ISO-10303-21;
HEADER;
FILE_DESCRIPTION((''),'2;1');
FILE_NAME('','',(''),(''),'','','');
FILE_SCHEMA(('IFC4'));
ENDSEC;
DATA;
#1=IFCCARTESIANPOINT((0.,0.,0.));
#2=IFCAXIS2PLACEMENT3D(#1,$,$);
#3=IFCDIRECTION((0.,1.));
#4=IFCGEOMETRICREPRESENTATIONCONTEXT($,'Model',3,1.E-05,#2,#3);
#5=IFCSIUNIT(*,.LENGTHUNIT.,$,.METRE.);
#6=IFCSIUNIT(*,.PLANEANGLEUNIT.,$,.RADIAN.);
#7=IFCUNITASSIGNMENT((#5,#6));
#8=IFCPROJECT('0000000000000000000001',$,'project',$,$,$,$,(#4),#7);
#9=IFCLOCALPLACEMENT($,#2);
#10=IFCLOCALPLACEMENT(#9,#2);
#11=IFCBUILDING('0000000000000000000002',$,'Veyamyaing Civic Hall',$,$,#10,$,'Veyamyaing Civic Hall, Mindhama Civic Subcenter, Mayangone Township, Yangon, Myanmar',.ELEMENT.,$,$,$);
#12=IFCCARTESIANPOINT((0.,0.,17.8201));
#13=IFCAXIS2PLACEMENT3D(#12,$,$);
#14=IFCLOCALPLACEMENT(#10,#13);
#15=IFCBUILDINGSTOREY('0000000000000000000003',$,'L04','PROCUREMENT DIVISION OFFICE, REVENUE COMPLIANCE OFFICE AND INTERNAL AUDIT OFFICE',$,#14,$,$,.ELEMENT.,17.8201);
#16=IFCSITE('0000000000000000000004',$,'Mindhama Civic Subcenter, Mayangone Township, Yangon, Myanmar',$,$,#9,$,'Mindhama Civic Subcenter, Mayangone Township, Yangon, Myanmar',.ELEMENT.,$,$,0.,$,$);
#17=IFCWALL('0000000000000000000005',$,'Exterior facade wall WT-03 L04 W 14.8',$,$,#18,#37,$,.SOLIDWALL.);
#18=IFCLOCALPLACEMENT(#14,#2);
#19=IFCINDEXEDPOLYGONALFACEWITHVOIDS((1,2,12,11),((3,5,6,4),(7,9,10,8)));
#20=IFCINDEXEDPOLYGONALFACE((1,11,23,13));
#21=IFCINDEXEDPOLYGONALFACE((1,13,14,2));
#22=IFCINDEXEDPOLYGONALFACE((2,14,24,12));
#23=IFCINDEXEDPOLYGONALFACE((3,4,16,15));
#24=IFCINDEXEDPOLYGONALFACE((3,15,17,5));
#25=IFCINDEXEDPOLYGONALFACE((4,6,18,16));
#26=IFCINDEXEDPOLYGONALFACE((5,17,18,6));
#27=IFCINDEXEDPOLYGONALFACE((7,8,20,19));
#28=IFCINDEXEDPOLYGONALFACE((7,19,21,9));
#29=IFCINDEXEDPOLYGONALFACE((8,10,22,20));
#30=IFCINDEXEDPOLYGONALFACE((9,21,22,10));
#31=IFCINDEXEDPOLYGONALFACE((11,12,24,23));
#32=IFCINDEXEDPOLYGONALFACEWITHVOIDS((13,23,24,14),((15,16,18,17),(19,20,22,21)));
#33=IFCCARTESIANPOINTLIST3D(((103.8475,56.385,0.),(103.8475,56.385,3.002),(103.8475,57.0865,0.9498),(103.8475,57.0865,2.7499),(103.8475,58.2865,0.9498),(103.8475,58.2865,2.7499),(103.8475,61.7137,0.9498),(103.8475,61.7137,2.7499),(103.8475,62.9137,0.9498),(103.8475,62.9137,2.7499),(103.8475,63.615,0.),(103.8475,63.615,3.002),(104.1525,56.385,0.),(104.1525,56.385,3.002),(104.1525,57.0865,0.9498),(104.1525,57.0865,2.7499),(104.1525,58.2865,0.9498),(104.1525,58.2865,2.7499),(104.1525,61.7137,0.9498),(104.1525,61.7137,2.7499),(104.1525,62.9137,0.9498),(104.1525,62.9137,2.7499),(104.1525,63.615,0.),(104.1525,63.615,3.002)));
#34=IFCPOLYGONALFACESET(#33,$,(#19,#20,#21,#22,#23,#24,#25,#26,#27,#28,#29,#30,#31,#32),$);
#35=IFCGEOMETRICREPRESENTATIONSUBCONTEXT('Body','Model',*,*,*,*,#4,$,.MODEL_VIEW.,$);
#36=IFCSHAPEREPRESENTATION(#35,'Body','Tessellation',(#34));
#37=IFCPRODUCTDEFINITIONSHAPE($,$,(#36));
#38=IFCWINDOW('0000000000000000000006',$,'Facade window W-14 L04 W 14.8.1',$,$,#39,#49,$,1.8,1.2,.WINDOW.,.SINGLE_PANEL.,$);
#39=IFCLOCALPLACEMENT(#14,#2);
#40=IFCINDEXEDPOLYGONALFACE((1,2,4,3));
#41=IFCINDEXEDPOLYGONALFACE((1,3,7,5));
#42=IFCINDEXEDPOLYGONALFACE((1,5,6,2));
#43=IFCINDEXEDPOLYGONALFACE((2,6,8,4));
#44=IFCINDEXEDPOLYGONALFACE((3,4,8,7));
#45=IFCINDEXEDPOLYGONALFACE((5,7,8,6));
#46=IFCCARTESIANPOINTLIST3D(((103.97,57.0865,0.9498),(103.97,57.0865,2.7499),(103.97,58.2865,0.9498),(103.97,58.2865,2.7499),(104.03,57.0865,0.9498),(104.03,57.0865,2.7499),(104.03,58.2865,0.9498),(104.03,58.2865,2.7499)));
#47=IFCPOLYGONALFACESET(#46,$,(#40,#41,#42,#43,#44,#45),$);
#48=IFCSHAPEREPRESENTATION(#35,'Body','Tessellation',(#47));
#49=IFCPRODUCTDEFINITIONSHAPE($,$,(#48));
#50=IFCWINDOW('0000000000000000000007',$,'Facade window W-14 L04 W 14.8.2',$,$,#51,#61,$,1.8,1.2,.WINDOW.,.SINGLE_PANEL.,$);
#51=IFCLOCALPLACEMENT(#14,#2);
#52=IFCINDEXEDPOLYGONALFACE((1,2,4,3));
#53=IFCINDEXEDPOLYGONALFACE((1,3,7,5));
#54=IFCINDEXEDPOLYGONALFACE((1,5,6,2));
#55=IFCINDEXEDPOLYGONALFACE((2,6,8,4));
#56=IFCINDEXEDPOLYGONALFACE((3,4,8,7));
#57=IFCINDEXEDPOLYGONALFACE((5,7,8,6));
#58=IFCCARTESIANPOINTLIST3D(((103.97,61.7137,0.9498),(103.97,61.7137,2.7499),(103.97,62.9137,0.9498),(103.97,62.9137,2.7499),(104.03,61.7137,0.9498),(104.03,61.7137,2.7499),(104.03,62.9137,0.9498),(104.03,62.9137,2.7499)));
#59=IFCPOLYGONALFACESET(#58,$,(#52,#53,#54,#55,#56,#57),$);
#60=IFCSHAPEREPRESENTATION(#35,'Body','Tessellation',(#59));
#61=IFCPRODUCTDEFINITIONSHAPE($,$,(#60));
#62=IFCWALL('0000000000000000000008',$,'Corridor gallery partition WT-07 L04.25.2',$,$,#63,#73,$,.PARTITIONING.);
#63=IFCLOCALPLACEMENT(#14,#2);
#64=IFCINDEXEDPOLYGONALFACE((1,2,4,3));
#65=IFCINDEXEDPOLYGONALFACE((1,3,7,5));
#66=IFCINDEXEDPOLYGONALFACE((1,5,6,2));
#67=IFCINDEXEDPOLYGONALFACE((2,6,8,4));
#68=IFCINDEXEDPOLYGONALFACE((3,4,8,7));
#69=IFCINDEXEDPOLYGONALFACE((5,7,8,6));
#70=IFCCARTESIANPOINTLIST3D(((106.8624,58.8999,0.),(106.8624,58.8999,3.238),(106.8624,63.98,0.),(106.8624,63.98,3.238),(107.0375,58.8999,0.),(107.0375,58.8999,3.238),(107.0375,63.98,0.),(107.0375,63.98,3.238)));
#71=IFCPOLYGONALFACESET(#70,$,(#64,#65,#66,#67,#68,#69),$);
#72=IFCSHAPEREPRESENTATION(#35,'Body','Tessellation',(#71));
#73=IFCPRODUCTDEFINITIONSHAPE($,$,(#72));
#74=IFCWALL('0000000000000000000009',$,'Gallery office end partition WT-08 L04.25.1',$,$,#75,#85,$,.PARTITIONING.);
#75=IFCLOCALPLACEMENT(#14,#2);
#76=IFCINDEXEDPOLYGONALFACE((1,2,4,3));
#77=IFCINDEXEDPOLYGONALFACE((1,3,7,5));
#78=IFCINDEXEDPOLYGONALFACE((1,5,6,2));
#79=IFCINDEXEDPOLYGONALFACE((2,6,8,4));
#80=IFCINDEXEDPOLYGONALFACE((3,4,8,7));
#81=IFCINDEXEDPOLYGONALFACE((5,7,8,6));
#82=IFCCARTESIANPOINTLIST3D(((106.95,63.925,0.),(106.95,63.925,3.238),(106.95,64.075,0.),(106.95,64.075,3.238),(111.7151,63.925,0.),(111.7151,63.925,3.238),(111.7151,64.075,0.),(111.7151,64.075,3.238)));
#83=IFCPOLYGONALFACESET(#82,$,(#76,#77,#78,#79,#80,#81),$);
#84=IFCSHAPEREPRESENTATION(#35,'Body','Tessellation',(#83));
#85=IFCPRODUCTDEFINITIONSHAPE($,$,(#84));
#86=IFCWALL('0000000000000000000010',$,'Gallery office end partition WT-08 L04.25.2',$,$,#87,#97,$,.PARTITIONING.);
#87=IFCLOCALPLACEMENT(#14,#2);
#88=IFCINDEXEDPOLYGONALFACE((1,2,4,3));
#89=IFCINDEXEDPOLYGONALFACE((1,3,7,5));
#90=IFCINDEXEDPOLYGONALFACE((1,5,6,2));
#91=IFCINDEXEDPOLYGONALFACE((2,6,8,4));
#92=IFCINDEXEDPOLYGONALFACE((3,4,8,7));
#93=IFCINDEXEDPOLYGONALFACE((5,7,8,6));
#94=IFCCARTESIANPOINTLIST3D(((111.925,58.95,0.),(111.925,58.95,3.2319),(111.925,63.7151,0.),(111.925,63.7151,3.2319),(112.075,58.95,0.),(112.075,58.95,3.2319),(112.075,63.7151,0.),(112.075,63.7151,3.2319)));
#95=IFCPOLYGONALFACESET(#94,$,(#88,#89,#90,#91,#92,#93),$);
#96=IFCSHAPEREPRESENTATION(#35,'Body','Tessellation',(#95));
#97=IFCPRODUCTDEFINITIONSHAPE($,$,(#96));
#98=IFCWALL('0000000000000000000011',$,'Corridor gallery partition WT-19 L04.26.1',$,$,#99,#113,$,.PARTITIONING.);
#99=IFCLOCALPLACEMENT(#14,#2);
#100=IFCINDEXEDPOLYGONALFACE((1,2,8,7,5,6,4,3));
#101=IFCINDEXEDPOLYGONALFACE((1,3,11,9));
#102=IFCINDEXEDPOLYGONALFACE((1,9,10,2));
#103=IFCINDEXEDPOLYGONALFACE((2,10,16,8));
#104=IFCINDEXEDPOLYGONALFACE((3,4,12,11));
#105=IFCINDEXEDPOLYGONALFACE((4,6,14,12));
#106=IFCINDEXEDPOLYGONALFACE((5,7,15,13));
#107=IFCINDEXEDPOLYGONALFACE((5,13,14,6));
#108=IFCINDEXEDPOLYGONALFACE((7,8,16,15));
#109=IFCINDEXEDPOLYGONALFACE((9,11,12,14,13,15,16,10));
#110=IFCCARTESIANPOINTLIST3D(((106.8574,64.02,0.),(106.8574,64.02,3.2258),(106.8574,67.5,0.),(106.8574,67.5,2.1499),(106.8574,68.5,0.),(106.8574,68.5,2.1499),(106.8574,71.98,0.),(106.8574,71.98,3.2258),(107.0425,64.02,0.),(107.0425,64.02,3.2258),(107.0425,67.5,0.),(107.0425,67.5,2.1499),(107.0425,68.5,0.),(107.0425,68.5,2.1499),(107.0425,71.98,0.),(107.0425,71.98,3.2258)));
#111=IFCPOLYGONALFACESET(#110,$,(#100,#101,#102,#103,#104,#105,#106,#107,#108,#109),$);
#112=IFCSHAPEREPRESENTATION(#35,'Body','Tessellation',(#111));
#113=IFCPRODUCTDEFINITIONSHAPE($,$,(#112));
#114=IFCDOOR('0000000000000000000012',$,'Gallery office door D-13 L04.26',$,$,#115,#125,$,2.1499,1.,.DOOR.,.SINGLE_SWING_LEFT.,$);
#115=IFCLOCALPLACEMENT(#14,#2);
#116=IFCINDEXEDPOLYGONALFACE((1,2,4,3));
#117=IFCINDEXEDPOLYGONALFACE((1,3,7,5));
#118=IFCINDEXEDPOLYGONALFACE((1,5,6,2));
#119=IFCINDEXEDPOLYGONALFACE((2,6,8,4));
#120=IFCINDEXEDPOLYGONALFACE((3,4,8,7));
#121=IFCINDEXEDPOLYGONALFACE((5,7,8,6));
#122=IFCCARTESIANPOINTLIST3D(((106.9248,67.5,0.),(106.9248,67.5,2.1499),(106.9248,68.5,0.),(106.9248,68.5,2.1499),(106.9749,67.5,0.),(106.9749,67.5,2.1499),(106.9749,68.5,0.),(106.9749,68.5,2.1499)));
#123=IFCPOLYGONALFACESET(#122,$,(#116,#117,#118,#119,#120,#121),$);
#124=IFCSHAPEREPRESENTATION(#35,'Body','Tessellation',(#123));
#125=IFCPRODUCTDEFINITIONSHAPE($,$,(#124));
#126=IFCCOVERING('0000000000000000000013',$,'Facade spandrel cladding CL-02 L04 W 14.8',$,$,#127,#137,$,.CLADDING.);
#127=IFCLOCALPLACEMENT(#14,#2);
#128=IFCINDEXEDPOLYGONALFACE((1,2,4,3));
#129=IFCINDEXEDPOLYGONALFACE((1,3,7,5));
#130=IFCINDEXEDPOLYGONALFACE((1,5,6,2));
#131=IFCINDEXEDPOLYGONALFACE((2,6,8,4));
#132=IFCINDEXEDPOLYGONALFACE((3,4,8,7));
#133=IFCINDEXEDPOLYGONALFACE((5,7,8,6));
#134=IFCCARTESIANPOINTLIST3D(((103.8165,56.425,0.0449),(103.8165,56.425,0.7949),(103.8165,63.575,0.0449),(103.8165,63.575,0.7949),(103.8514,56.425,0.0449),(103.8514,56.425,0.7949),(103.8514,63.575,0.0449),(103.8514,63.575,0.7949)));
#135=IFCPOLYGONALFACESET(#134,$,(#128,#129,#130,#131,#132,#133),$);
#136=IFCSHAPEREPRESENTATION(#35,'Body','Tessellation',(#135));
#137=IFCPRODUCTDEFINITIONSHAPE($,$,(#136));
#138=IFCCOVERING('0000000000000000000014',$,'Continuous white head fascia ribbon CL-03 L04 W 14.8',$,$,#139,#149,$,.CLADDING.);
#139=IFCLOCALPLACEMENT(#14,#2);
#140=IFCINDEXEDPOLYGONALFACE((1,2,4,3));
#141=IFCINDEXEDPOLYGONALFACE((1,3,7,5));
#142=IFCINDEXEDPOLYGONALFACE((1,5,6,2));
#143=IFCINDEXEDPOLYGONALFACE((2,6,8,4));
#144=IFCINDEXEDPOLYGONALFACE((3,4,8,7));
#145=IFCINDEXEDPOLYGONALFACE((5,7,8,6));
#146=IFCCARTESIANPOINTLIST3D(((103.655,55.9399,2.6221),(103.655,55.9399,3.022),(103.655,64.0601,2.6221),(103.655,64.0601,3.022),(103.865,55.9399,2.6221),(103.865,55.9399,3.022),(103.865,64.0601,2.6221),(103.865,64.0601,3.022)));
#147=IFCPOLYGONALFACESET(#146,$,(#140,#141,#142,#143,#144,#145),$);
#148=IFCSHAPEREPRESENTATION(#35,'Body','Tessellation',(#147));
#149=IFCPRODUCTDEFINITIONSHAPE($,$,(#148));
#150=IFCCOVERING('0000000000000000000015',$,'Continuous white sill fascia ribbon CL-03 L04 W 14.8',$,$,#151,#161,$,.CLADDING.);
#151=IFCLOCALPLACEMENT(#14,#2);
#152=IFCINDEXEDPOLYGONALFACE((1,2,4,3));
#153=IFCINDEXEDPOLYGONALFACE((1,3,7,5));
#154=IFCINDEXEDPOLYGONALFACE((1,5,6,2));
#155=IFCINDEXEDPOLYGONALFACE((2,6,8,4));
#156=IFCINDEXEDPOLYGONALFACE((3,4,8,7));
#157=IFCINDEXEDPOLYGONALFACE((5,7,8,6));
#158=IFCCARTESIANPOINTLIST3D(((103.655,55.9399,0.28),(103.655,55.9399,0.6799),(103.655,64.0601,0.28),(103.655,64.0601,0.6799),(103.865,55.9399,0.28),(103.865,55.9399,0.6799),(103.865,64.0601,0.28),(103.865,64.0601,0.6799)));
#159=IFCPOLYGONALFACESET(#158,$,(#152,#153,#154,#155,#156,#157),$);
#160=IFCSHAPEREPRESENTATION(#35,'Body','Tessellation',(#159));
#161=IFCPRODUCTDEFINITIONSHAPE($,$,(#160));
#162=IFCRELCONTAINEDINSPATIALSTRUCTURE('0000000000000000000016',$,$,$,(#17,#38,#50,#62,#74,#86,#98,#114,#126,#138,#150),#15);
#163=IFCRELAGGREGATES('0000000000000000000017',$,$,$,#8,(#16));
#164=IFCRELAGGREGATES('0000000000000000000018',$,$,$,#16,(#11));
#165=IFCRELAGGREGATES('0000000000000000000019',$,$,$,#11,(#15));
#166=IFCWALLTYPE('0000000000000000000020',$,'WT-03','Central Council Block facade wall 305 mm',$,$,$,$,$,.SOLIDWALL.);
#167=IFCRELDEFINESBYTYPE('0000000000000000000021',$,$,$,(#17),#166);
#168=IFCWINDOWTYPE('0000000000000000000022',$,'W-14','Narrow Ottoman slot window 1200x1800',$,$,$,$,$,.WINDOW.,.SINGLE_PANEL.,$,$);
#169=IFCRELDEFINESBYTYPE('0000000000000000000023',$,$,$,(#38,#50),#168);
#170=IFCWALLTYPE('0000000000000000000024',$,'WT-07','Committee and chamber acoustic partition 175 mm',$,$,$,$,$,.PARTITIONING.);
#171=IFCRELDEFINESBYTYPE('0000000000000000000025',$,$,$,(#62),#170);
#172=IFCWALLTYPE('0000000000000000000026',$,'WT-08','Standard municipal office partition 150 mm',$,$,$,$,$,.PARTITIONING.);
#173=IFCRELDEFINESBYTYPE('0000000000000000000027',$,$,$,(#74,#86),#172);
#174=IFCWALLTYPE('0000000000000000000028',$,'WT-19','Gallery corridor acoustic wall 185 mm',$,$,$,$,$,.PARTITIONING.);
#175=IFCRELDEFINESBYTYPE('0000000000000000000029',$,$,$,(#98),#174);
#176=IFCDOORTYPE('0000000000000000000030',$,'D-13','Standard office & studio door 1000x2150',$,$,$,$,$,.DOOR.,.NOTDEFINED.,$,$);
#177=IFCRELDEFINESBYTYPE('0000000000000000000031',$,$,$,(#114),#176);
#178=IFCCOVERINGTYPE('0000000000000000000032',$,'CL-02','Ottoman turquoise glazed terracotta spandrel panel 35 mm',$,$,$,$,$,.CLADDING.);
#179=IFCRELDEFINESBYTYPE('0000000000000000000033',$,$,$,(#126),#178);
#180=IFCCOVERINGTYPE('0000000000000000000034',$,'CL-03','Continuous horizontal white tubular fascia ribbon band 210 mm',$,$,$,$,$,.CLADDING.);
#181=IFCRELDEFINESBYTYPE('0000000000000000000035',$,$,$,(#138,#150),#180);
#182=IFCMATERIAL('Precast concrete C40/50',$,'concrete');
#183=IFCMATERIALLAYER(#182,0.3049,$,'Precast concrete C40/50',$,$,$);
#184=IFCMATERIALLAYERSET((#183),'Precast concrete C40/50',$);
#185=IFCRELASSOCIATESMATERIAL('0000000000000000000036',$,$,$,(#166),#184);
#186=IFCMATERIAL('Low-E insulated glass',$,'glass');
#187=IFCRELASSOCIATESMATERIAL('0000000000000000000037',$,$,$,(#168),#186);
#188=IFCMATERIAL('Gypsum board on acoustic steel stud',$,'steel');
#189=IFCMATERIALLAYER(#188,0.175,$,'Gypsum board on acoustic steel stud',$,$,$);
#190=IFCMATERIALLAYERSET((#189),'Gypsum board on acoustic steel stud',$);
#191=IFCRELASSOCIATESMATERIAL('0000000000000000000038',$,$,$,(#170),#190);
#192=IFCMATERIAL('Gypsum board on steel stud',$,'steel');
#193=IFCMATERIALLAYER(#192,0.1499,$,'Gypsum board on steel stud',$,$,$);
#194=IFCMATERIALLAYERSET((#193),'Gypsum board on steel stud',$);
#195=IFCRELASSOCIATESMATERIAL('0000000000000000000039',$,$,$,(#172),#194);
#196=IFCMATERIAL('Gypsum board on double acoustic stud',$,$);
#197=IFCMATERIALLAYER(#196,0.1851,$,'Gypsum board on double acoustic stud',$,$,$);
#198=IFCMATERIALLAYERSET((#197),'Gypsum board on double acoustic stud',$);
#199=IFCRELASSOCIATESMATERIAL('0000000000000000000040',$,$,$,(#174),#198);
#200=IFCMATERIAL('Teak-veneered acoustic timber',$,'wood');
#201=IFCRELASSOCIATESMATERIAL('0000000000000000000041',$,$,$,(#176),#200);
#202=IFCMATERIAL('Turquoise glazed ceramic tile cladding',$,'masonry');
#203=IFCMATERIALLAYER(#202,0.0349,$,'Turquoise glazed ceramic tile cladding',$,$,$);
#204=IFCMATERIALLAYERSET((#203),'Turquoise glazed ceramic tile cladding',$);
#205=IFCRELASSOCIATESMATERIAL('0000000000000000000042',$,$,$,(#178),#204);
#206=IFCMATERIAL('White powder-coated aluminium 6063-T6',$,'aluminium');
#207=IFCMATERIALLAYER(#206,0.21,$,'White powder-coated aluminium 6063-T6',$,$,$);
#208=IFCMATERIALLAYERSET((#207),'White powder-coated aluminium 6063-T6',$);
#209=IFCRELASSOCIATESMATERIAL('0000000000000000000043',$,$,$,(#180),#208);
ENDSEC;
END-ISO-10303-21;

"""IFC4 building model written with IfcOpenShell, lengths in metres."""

from ifc_helpers import new_model, si_unit, direction, frame, frame_2d, origin, origin_2d, place, context, subcontext, project, spatial, rectangle, extrude, material, layer, layer_set, type_object, element, fill, save


model = new_model("IFC4")

# Units and contexts
model_context = context("Model", 3, precision=1e-05, world=origin(), true_north=direction((0.0, 1.0)))
body_context = subcontext(model_context, "Body", "Model", "MODEL_VIEW")
ifc_project = project(units=[si_unit("LENGTHUNIT", "METRE"), si_unit("PLANEANGLEUNIT", "RADIAN")], contexts=[model_context])

# Site, building, storey
site_placement = place(None, origin())
site = spatial("IfcSite", under=ifc_project, at=site_placement, Name="Mindhama Civic Subcenter, Mayangone Township, Yangon, Myanmar", LongName="Mindhama Civic Subcenter, Mayangone Township, Yangon, Myanmar", CompositionType="ELEMENT", RefElevation=0.0)
building_placement = place(site_placement, origin())
building = spatial("IfcBuilding", under=site, at=building_placement, Name="Veyamyaing Civic Hall", LongName="Veyamyaing Civic Hall, Mindhama Civic Subcenter, Mayangone Township, Yangon, Myanmar", CompositionType="ELEMENT")
storey_placement = place(building_placement, frame((0.0, 0.0, 17.8201)))
storey = spatial("IfcBuildingStorey", under=building, at=storey_placement, Name="L04", Description="PROCUREMENT DIVISION OFFICE, REVENUE COMPLIANCE OFFICE AND INTERNAL AUDIT OFFICE", CompositionType="ELEMENT", Elevation=17.8201)

# Wall, openings, windows
ifc_material_1 = material(Name="Precast concrete C40/50", Category="concrete")
ifc_layer_1 = layer(ifc_material_1, 0.3049, Name="Precast concrete C40/50")
ifc_layer_set_1 = layer_set([ifc_layer_1], Name="Precast concrete C40/50")
wall_type_1 = type_object("IfcWallType", Name="WT-03", Description="Central Council Block facade wall 305 mm", PredefinedType="SOLIDWALL", material=ifc_layer_set_1)
wall_1_placement = place(storey_placement, frame((104.0, 56.385, 0.0), z_axis=(0.0, 0.0, 1.0), x_axis=(0.0, 1.0, 0.0)))
wall_1 = element("IfcWall", 1, at=wall_1_placement, inside=storey, type_object=wall_type_1, Name="Exterior facade wall WT-03 L04 W 14.8", PredefinedType="SOLIDWALL", context=body_context, shape_type="SweptSolid", body=[
    extrude(rectangle(XDim=7.23, YDim=0.3049, at=frame_2d((3.615, 0.0))), origin(), (0.0, 0.0, 1.0), 3.002),
])
opening_1_placement = place(wall_1_placement, frame((0.7014, 0.0, 0.95)))
opening_1 = element("IfcOpeningElement", 2, at=opening_1_placement, cuts=wall_1, PredefinedType="OPENING", context=body_context, shape_type="SweptSolid", body=[
    extrude(rectangle(XDim=1.2, YDim=1.8, at=frame_2d((0.6001, 0.8999))), frame((0.0, 0.1624, 0.0), z_axis=(0.0, -1.0, 0.0), x_axis=(1.0, 0.0, 0.0)), (0.0, 0.0, 1.0), 0.325),
])
opening_2_placement = place(wall_1_placement, frame((5.3286, 0.0, 0.95)))
opening_2 = element("IfcOpeningElement", 3, at=opening_2_placement, cuts=wall_1, PredefinedType="OPENING", context=body_context, shape_type="SweptSolid", body=[
    extrude(rectangle(XDim=1.2, YDim=1.8, at=frame_2d((0.6001, 0.8999))), frame((0.0, 0.1624, 0.0), z_axis=(0.0, -1.0, 0.0), x_axis=(1.0, 0.0, 0.0)), (0.0, 0.0, 1.0), 0.325),
])
ifc_material_2 = material(Name="Low-E insulated glass", Category="glass")
window_type = type_object("IfcWindowType", Name="W-14", Description="Narrow Ottoman slot window 1200x1800", PartitioningType="SINGLE_PANEL", PredefinedType="WINDOW", material=ifc_material_2)
window_1_placement = place(opening_1_placement, origin())
window_1 = element("IfcWindow", 4, at=window_1_placement, inside=storey, type_object=window_type, Name="Facade window W-14 L04 W 14.8.1", OverallHeight=1.8, OverallWidth=1.2, PartitioningType="SINGLE_PANEL", PredefinedType="WINDOW", context=body_context, shape_type="SweptSolid", body=[
    extrude(rectangle(XDim=1.2, YDim=1.8, at=frame_2d((0.6001, 0.8999))), frame((0.0, 0.03, 0.0), z_axis=(0.0, -1.0, 0.0), x_axis=(1.0, 0.0, 0.0)), (0.0, 0.0, 1.0), 0.0601),
])
fill(opening_1, window_1)
window_2_placement = place(opening_2_placement, origin())
window_2 = element("IfcWindow", 5, at=window_2_placement, inside=storey, type_object=window_type, Name="Facade window W-14 L04 W 14.8.2", OverallHeight=1.8, OverallWidth=1.2, PartitioningType="SINGLE_PANEL", PredefinedType="WINDOW", context=body_context, shape_type="SweptSolid", body=[
    extrude(rectangle(XDim=1.2, YDim=1.8, at=frame_2d((0.6001, 0.8999))), frame((0.0, 0.03, 0.0), z_axis=(0.0, -1.0, 0.0), x_axis=(1.0, 0.0, 0.0)), (0.0, 0.0, 1.0), 0.0601),
])
fill(opening_2, window_2)

# Shared definitions
ifc_material_3 = material(Name="Gypsum board on acoustic steel stud", Category="steel")
ifc_layer_2 = layer(ifc_material_3, 0.175, Name="Gypsum board on acoustic steel stud")
ifc_layer_set_2 = layer_set([ifc_layer_2], Name="Gypsum board on acoustic steel stud")
wall_type_2 = type_object("IfcWallType", Name="WT-07", Description="Committee and chamber acoustic partition 175 mm", PredefinedType="PARTITIONING", material=ifc_layer_set_2)
ifc_material_4 = material(Name="Teak-veneered acoustic timber", Category="wood")

# Walls
wall_2_placement = place(storey_placement, frame((106.95, 58.8999, 0.0), z_axis=(0.0, 0.0, 1.0), x_axis=(0.0, 1.0, 0.0)))
element("IfcWall", 6, at=wall_2_placement, inside=storey, type_object=wall_type_2, Name="Corridor gallery partition WT-07 L04.25.2", PredefinedType="PARTITIONING", context=body_context, shape_type="SweptSolid", body=[
    extrude(rectangle(XDim=5.0801, YDim=0.175, at=frame_2d((2.54, 0.0))), origin(), (0.0, 0.0, 1.0), 3.238),
])
ifc_material_5 = material(Name="Gypsum board on steel stud", Category="steel")
ifc_layer_3 = layer(ifc_material_5, 0.1499, Name="Gypsum board on steel stud")
ifc_layer_set_3 = layer_set([ifc_layer_3], Name="Gypsum board on steel stud")
wall_type_3 = type_object("IfcWallType", Name="WT-08", Description="Standard municipal office partition 150 mm", PredefinedType="PARTITIONING", material=ifc_layer_set_3)
wall_3_placement = place(storey_placement, frame((106.95, 64.0, 0.0), z_axis=(0.0, 0.0, 1.0), x_axis=(1.0, 0.0, 0.0)))
element("IfcWall", 7, at=wall_3_placement, inside=storey, type_object=wall_type_3, Name="Gallery office end partition WT-08 L04.25.1", PredefinedType="PARTITIONING", context=body_context, shape_type="SweptSolid", body=[
    extrude(rectangle(XDim=4.7651, YDim=0.1499, at=frame_2d((2.3826, 0.0))), origin(), (0.0, 0.0, 1.0), 3.238),
])
wall_4_placement = place(storey_placement, frame((112.0, 58.95, 0.0), z_axis=(0.0, 0.0, 1.0), x_axis=(0.0, 1.0, 0.0)))
element("IfcWall", 8, at=wall_4_placement, inside=storey, type_object=wall_type_3, Name="Gallery office end partition WT-08 L04.25.2", PredefinedType="PARTITIONING", context=body_context, shape_type="SweptSolid", body=[
    extrude(rectangle(XDim=4.7651, YDim=0.1499, at=frame_2d((2.3826, 0.0))), origin(), (0.0, 0.0, 1.0), 3.2319),
])

# Wall, opening, door
ifc_material_6 = material(Name="Gypsum board on double acoustic stud")
ifc_layer_4 = layer(ifc_material_6, 0.1851, Name="Gypsum board on double acoustic stud")
ifc_layer_set_4 = layer_set([ifc_layer_4], Name="Gypsum board on double acoustic stud")
wall_type_4 = type_object("IfcWallType", Name="WT-19", Description="Gallery corridor acoustic wall 185 mm", PredefinedType="PARTITIONING", material=ifc_layer_set_4)
wall_5_placement = place(storey_placement, frame((106.95, 64.02, 0.0), z_axis=(0.0, 0.0, 1.0), x_axis=(0.0, 1.0, 0.0)))
wall_5 = element("IfcWall", 9, at=wall_5_placement, inside=storey, type_object=wall_type_4, Name="Corridor gallery partition WT-19 L04.26.1", PredefinedType="PARTITIONING", context=body_context, shape_type="SweptSolid", body=[
    extrude(rectangle(XDim=7.96, YDim=0.1851, at=frame_2d((3.98, 0.0))), origin(), (0.0, 0.0, 1.0), 3.2258),
])
opening_3_placement = place(wall_5_placement, frame((3.48, 0.0, 0.0)))
opening_3 = element("IfcOpeningElement", 10, at=opening_3_placement, cuts=wall_5, PredefinedType="OPENING", context=body_context, shape_type="SweptSolid", body=[
    extrude(rectangle(XDim=1.0, YDim=2.1499, at=frame_2d((0.5, 1.075))), frame((0.0, 0.1025, 0.0), z_axis=(0.0, -1.0, 0.0), x_axis=(1.0, 0.0, 0.0)), (0.0, 0.0, 1.0), 0.2051),
])
door_type_1 = type_object("IfcDoorType", Name="D-13", Description="Standard office & studio door 1000x2150", OperationType="NOTDEFINED", PredefinedType="DOOR", material=ifc_material_4)
door_1_placement = place(opening_3_placement, frame((1.0, 0.0, 0.0), z_axis=(0.0, 0.0, 1.0), x_axis=(-1.0, 0.0, 0.0)))
door_1 = element("IfcDoor", 11, at=door_1_placement, inside=storey, type_object=door_type_1, Name="Gallery office door D-13 L04.26", OperationType="SINGLE_SWING_LEFT", OverallHeight=2.1499, OverallWidth=1.0, PredefinedType="DOOR", context=body_context, shape_type="SweptSolid", body=[
    extrude(rectangle(XDim=1.0, YDim=2.1499, at=frame_2d((0.5, 1.075))), frame((0.0, 0.0249, 0.0), z_axis=(0.0, -1.0, 0.0), x_axis=(1.0, 0.0, 0.0)), (0.0, 0.0, 1.0), 0.05),
])
fill(opening_3, door_1)

# Coverings
ifc_material_7 = material(Name="Turquoise glazed ceramic tile cladding", Category="masonry")
ifc_layer_5 = layer(ifc_material_7, 0.0349, Name="Turquoise glazed ceramic tile cladding")
ifc_layer_set_5 = layer_set([ifc_layer_5], Name="Turquoise glazed ceramic tile cladding")
covering_type_1 = type_object("IfcCoveringType", Name="CL-02", Description="Ottoman turquoise glazed terracotta spandrel panel 35 mm", PredefinedType="CLADDING", material=ifc_layer_set_5)
covering_placement = place(storey_placement, frame((103.834, 60.0, 0.0449), z_axis=(0.0, 0.0, 1.0), x_axis=(0.0, 1.0, 0.0)))
element("IfcCovering", 12, at=covering_placement, inside=storey, type_object=covering_type_1, Name="Facade spandrel cladding CL-02 L04 W 14.8", PredefinedType="CLADDING", context=body_context, shape_type="SweptSolid", body=[
    extrude(rectangle(XDim=7.1499, YDim=0.0349, at=origin_2d()), origin(), (0.0, 0.0, 1.0), 0.75),
])
ifc_material_8 = material(Name="White powder-coated aluminium 6063-T6", Category="aluminium")
ifc_layer_6 = layer(ifc_material_8, 0.21, Name="White powder-coated aluminium 6063-T6")
ifc_layer_set_6 = layer_set([ifc_layer_6], Name="White powder-coated aluminium 6063-T6")
covering_type_2 = type_object("IfcCoveringType", Name="CL-03", Description="Continuous horizontal white tubular fascia ribbon band 210 mm", PredefinedType="CLADDING", material=ifc_layer_set_6)
for number, where, z_axis, x_axis, name in (
    (13, (103.76, 60.0, 2.6221), (0.0, 0.0, 1.0), (0.0, 1.0, 0.0), "Continuous white head fascia ribbon CL-03 L04 W 14.8"),
    (14, (103.76, 60.0, 0.28), (0.0, 0.0, 1.0), (0.0, 1.0, 0.0), "Continuous white sill fascia ribbon CL-03 L04 W 14.8"),
):
    element("IfcCovering", number, at=place(storey_placement, frame(where, z_axis=z_axis, x_axis=x_axis)), inside=storey, type_object=covering_type_2, Name=name, PredefinedType="CLADDING", context=body_context, shape_type="SweptSolid", body=[
        extrude(rectangle(XDim=8.1201, YDim=0.21, at=origin_2d()), origin(), (0.0, 0.0, 1.0), 0.3999),
    ])

save(model, "model.ifc")
